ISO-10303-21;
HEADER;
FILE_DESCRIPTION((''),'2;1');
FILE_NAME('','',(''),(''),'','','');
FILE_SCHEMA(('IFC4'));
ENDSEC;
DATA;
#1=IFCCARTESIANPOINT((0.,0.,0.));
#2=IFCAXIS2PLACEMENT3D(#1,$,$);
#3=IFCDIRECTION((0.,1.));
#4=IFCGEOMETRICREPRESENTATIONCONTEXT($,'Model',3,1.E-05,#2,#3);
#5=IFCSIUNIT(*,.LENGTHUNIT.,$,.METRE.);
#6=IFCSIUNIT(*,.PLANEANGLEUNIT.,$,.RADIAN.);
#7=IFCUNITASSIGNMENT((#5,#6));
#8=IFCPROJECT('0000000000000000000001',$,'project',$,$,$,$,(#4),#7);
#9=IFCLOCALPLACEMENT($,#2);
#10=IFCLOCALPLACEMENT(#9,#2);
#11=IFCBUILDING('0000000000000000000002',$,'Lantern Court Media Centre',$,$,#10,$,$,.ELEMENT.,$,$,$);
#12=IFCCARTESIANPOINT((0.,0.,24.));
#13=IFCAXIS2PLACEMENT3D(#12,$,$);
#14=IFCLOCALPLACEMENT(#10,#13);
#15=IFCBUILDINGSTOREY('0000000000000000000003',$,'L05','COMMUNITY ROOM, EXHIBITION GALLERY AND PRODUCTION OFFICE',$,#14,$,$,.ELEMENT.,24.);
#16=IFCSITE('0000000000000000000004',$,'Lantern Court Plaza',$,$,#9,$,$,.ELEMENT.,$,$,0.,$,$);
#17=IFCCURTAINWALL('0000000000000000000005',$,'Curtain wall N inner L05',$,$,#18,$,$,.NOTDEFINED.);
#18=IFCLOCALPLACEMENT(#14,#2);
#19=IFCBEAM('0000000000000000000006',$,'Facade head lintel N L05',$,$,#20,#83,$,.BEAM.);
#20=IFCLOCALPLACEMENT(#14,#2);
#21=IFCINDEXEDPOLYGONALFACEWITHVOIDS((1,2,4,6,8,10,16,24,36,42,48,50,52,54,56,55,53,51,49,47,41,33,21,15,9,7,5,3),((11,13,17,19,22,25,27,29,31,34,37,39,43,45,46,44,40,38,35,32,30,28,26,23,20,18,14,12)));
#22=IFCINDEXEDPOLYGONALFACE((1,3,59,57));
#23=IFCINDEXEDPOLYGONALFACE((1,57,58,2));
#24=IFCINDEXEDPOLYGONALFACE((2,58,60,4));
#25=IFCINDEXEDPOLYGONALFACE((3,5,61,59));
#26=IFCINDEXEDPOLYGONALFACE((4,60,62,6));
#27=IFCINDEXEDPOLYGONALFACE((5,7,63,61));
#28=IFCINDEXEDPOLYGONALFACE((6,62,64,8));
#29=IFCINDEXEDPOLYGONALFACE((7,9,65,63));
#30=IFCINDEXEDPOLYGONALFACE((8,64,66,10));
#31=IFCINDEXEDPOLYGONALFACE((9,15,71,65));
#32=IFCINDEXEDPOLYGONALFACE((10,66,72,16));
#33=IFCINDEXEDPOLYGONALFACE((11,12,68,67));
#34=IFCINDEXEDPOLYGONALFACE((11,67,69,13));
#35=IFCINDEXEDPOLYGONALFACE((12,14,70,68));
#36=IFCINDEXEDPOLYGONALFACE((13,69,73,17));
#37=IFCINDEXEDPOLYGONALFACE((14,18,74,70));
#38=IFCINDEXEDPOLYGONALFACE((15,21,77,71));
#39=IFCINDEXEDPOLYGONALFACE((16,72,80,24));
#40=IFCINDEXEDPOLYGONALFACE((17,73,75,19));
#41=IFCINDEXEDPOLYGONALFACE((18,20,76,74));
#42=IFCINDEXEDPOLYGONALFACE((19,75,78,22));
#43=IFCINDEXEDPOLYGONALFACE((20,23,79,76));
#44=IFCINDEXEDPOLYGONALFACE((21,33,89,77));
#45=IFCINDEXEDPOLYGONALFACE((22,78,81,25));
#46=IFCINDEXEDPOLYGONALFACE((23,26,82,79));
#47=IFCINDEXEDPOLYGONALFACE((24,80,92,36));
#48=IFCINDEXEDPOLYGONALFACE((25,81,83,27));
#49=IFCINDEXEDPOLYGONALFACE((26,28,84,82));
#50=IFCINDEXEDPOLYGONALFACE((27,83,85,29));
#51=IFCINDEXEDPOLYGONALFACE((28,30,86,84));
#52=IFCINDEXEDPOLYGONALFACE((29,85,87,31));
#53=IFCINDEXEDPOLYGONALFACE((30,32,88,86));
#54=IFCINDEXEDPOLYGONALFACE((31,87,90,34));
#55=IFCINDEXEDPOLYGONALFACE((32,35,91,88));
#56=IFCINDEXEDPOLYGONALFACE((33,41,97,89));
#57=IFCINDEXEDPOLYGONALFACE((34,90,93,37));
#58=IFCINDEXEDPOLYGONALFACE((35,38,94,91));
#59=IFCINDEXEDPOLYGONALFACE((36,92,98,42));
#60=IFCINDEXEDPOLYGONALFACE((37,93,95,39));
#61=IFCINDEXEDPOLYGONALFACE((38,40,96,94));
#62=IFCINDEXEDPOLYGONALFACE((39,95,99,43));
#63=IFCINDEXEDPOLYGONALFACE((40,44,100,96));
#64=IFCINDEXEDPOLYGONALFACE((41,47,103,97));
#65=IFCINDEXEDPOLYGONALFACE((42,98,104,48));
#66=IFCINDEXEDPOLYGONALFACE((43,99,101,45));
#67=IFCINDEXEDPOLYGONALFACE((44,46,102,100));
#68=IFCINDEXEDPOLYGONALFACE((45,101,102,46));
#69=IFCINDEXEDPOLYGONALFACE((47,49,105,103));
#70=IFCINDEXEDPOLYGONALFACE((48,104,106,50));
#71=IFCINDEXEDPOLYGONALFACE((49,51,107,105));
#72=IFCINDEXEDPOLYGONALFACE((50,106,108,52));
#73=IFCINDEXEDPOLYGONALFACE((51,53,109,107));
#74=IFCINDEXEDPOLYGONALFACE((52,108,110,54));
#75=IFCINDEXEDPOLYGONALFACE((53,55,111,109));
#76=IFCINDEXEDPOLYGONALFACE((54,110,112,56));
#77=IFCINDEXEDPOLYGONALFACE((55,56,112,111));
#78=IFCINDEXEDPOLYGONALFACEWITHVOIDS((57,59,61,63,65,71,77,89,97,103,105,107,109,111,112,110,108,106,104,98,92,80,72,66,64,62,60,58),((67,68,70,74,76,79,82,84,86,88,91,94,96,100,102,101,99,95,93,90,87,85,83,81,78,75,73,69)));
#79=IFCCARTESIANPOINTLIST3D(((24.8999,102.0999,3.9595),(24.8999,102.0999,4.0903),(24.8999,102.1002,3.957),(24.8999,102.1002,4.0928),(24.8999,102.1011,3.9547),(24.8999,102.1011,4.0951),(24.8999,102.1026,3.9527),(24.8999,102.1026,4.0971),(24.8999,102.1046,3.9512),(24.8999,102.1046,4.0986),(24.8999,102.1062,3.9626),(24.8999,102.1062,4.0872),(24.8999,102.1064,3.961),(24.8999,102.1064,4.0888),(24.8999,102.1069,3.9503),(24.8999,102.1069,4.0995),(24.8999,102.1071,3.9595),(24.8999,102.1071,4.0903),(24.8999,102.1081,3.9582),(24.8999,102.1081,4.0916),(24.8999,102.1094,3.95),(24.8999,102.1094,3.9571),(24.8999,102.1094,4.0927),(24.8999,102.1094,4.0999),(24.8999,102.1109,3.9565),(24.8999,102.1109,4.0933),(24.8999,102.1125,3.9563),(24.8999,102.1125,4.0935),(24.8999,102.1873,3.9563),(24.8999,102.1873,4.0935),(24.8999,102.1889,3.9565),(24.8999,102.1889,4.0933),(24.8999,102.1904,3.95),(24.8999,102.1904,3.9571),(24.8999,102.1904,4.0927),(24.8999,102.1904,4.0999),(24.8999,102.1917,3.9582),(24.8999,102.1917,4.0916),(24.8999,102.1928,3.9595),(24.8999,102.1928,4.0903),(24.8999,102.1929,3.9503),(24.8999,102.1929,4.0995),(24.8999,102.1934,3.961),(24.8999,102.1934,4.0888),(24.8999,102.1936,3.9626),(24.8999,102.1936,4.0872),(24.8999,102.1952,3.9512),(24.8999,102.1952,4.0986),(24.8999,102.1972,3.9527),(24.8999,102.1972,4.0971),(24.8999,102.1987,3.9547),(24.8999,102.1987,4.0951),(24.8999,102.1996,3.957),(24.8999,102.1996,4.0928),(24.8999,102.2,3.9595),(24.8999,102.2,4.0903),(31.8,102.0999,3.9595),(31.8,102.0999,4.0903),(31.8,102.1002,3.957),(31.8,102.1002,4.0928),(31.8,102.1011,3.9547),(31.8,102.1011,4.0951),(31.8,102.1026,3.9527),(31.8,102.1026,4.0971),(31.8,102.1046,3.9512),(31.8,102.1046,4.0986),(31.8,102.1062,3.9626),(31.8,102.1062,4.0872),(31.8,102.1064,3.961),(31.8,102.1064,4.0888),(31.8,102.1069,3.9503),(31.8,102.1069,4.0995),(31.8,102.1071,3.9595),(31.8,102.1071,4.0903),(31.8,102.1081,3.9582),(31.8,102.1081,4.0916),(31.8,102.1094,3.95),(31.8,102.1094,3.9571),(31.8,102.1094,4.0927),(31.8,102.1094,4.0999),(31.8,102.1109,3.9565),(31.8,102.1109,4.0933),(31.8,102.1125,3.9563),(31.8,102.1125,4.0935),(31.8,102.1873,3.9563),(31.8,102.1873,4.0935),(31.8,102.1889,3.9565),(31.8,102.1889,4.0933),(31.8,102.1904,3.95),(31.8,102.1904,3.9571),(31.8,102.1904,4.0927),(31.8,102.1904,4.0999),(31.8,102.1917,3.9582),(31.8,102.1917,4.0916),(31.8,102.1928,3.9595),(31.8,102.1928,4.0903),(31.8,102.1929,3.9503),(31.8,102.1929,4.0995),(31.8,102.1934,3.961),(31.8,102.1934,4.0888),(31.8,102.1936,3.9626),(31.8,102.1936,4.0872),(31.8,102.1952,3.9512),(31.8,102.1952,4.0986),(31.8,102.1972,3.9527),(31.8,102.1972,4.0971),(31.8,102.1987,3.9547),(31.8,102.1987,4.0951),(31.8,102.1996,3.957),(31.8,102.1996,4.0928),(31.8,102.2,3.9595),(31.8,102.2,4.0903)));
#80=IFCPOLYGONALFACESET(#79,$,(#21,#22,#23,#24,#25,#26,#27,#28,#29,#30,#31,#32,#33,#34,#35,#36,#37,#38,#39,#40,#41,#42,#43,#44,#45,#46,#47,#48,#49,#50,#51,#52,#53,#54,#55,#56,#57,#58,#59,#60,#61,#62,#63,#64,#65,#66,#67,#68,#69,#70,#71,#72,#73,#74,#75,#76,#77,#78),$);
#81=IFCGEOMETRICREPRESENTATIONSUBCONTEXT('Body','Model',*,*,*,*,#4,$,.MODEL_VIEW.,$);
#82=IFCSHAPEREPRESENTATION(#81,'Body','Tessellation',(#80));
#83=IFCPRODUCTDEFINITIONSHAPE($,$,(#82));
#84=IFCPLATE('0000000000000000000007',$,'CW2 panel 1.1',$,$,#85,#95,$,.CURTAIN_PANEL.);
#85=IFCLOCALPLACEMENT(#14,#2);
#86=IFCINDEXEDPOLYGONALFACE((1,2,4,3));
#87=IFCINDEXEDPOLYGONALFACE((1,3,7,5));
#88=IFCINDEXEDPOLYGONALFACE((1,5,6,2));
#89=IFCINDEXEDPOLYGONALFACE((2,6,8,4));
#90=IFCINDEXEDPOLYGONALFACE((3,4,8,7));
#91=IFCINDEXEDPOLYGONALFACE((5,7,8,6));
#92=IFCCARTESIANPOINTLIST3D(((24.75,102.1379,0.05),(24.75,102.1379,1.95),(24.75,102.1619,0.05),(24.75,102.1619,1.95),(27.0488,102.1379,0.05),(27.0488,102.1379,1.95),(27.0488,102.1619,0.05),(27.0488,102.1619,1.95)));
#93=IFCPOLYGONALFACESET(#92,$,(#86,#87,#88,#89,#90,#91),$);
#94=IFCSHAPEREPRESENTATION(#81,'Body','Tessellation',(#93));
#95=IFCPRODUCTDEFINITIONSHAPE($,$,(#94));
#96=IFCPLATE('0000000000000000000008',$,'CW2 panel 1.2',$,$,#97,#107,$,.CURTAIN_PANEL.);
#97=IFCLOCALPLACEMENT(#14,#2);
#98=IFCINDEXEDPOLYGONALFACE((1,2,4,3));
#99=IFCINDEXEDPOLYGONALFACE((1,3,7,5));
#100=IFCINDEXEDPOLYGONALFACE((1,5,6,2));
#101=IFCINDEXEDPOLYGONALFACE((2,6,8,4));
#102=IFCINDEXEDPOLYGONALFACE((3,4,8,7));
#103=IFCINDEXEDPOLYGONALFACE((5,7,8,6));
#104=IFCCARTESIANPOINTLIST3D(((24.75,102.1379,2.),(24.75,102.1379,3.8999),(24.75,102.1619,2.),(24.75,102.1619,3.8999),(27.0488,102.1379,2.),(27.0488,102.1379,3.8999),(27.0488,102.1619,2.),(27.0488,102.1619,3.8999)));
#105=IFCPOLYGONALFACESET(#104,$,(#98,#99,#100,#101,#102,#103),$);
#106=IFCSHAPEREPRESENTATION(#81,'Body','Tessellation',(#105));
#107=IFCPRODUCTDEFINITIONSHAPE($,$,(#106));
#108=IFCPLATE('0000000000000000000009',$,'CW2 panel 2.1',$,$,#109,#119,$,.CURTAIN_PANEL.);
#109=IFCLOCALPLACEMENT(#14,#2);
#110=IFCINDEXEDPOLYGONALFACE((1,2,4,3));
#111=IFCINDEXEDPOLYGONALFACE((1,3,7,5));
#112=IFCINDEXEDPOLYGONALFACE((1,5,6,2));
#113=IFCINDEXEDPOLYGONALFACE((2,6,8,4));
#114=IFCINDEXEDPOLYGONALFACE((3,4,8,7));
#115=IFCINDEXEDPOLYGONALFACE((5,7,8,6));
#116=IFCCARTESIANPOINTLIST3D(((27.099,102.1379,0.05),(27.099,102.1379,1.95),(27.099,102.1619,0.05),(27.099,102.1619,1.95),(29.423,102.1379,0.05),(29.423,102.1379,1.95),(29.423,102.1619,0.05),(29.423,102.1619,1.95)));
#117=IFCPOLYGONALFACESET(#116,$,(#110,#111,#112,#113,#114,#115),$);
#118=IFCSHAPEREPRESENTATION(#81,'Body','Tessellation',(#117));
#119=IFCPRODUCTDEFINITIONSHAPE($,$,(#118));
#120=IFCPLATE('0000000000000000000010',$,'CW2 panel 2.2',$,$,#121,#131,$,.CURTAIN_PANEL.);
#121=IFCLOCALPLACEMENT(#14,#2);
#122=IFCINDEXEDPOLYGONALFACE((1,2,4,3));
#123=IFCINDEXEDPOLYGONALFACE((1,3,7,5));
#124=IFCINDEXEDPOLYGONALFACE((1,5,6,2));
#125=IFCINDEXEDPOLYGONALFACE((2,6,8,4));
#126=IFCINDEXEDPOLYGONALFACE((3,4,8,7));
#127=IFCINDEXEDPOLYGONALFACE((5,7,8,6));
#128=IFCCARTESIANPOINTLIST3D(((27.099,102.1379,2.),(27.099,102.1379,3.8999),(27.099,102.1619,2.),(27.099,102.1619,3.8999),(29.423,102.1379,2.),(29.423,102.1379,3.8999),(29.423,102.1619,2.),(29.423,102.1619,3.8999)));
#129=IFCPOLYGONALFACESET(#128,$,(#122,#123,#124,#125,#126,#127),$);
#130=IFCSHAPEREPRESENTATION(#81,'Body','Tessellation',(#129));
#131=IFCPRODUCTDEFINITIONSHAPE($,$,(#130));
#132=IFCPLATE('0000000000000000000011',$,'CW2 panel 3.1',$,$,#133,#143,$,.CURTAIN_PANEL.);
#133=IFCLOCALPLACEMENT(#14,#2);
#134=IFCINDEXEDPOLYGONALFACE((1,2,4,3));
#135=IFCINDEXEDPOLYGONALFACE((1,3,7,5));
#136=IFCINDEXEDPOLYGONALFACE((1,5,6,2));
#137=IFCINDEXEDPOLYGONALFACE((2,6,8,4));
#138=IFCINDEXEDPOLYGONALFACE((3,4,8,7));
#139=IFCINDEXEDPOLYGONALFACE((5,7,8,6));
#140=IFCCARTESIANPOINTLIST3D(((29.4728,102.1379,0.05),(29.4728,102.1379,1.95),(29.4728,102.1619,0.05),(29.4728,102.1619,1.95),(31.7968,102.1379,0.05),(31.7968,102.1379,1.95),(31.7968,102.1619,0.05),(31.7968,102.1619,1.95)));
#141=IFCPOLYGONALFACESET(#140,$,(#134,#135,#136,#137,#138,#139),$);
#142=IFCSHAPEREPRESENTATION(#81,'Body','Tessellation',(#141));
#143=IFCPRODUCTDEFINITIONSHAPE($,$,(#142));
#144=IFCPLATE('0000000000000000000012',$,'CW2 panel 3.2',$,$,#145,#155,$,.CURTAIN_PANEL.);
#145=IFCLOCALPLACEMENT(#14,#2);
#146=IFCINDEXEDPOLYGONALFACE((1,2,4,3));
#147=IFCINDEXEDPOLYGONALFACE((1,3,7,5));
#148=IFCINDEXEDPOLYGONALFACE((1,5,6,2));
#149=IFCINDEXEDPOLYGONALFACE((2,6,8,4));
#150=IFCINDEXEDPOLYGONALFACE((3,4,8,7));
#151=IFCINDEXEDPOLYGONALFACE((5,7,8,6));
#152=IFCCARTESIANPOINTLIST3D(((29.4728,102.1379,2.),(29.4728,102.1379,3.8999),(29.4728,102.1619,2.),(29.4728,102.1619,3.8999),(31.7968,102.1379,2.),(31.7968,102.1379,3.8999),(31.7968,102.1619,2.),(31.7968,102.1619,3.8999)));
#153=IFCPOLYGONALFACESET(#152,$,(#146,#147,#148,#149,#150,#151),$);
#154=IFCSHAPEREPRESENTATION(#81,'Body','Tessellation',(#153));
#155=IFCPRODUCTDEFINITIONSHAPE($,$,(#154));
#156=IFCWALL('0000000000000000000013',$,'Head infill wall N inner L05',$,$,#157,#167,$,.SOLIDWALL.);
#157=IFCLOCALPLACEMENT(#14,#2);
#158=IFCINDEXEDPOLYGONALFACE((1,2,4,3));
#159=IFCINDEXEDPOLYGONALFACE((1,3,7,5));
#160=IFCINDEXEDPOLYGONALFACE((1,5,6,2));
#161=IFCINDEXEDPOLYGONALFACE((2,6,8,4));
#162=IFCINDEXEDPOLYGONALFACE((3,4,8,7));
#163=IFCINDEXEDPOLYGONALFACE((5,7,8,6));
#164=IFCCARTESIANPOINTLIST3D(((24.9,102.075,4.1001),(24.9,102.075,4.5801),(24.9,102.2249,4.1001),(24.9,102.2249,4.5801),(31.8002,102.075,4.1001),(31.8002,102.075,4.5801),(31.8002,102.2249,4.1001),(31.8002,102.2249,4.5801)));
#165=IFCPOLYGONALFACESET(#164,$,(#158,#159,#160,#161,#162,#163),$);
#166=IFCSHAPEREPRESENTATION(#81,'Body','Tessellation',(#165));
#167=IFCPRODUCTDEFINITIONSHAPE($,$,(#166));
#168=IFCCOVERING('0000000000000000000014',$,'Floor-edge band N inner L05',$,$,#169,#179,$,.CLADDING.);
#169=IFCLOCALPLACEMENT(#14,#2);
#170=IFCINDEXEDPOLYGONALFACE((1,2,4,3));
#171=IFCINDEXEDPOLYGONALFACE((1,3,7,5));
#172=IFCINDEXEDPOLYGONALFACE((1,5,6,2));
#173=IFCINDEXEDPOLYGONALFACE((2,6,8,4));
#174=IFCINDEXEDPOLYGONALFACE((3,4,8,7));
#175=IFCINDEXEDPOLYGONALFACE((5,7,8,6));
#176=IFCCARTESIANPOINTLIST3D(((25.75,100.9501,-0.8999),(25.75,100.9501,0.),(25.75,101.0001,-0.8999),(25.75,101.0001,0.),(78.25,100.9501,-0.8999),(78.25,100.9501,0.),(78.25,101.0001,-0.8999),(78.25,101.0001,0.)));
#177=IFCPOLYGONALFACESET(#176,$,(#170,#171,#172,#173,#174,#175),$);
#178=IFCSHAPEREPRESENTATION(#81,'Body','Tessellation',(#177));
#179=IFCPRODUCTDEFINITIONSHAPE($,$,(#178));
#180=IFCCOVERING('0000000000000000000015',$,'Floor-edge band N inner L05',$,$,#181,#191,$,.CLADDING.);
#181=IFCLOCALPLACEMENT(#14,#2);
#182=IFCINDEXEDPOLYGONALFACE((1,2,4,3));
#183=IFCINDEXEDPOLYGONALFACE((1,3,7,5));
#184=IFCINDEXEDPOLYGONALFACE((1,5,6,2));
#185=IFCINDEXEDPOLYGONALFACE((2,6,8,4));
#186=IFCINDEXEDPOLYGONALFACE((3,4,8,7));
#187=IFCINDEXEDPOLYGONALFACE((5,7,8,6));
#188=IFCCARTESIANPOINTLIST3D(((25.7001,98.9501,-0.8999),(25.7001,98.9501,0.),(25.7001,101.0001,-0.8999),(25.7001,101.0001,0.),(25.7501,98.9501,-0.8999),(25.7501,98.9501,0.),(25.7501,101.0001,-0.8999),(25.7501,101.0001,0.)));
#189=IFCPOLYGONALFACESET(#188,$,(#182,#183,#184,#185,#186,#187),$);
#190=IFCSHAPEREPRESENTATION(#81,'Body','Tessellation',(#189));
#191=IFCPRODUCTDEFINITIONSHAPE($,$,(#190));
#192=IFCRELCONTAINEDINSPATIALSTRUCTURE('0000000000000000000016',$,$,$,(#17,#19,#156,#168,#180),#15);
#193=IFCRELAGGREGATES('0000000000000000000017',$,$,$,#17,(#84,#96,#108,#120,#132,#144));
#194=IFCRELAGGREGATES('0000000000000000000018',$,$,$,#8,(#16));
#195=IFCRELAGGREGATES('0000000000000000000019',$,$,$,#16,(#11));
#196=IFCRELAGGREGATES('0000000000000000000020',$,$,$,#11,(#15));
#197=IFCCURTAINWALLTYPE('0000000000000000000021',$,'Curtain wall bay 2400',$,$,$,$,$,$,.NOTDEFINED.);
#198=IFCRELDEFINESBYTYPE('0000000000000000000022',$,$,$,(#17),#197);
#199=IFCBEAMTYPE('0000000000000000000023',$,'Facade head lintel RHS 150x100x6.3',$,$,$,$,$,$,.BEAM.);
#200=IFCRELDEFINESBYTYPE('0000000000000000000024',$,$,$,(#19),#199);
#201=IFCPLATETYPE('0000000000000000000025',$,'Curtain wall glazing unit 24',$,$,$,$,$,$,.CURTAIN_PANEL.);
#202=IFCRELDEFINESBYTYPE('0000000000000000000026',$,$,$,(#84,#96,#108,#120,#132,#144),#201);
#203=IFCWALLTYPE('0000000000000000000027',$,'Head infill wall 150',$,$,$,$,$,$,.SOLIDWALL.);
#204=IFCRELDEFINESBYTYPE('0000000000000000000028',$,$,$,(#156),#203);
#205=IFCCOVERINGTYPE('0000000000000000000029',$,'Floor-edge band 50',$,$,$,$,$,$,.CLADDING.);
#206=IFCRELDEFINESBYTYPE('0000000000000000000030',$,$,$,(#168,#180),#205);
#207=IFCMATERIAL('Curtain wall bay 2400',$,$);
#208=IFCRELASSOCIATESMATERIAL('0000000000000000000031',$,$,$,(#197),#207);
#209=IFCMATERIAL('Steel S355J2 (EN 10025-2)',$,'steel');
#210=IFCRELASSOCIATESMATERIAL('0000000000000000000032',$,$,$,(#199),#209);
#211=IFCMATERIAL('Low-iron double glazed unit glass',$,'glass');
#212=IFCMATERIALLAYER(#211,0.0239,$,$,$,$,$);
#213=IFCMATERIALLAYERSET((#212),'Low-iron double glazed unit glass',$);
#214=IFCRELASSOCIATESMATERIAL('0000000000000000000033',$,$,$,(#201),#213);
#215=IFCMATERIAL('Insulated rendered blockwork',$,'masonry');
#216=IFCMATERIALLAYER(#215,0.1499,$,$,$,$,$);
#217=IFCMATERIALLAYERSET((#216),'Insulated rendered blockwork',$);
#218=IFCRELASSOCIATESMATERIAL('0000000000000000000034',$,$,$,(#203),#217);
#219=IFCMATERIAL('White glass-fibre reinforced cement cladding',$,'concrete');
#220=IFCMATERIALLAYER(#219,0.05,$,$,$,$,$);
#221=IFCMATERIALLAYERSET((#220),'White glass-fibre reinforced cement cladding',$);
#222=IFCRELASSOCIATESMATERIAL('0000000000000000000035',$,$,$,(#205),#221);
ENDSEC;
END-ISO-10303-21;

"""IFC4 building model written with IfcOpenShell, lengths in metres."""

from ifc_helpers import new_model, si_unit, direction, frame, frame_2d, origin, origin_2d, place, context, subcontext, project, spatial, rectangle, hollow_rectangle, extrude, material, layer, layer_set, material_profile, profile_set, type_object, element, aggregate, save


model = new_model("IFC4")

# Units and contexts
model_context = context("Model", 3, precision=1e-05, world=origin(), true_north=direction((0.0, 1.0)))
body_context = subcontext(model_context, "Body", "Model", "MODEL_VIEW")
ifc_project = project(units=[si_unit("LENGTHUNIT", "METRE"), si_unit("PLANEANGLEUNIT", "RADIAN")], contexts=[model_context])

# Site, building, storey
site_placement = place(None, origin())
site = spatial("IfcSite", under=ifc_project, at=site_placement, Name="Lantern Court Plaza", CompositionType="ELEMENT", RefElevation=0.0)
building_placement = place(site_placement, origin())
building = spatial("IfcBuilding", under=site, at=building_placement, Name="Lantern Court Media Centre", CompositionType="ELEMENT")
storey_placement = place(building_placement, frame((0.0, 0.0, 24.0)))
storey = spatial("IfcBuildingStorey", under=building, at=storey_placement, Name="L05", Description="COMMUNITY ROOM, EXHIBITION GALLERY AND PRODUCTION OFFICE", CompositionType="ELEMENT", Elevation=24.0)

# Curtain wall
ifc_material_1 = material(Name="Curtain wall bay 2400")
curtain_wall_type = type_object("IfcCurtainWallType", Name="Curtain wall bay 2400", PredefinedType="NOTDEFINED", material=ifc_material_1)
curtain_wall_placement = place(storey_placement, origin())
curtain_wall = element("IfcCurtainWall", 1, at=curtain_wall_placement, inside=storey, type_object=curtain_wall_type, Name="Curtain wall N inner L05", PredefinedType="NOTDEFINED")

# Beam
ifc_material_2 = material(Name="Steel S355J2 (EN 10025-2)", Category="steel")
ifc_material_profile_1 = material_profile(ifc_material_2, hollow_rectangle(XDim=0.1001, YDim=0.1499, WallThickness=0.0063, InnerFilletRadius=0.0063, OuterFilletRadius=0.0095, at=origin_2d()), Name="Facade head lintel RHS 150x100x6.3")
ifc_profile_set_1 = profile_set([ifc_material_profile_1], Name="Steel S355J2 (EN 10025-2)")
beam_type = type_object("IfcBeamType", Name="Facade head lintel RHS 150x100x6.3", PredefinedType="BEAM", material=ifc_profile_set_1)
beam_placement = place(storey_placement, frame((24.8999, 102.1499, 4.0249), z_axis=(1.0, 0.0, 0.0), x_axis=(0.0, 1.0, 0.0)))
element("IfcBeam", 2, at=beam_placement, inside=storey, type_object=beam_type, Name="Facade head lintel N L05", PredefinedType="BEAM", context=body_context, shape_type="SweptSolid", body=[
    extrude(hollow_rectangle(XDim=0.1001, YDim=0.1499, WallThickness=0.0063, InnerFilletRadius=0.0063, OuterFilletRadius=0.0095, at=origin_2d()), origin(), (0.0, 0.0, 1.0), 6.9001),
])

# Plates
ifc_material_3 = material(Name="Low-iron double glazed unit glass", Category="glass")
ifc_layer_1 = layer(ifc_material_3, 0.0239)
ifc_layer_set_1 = layer_set([ifc_layer_1], Name="Low-iron double glazed unit glass")
plate_type = type_object("IfcPlateType", Name="Curtain wall glazing unit 24", PredefinedType="CURTAIN_PANEL", material=ifc_layer_set_1)
plate_1_placement = place(storey_placement, frame((25.8994, 102.1499, 0.05), z_axis=(0.0, 0.0, 1.0), x_axis=(1.0, 0.0, 0.0)))
plate_1 = element("IfcPlate", 3, at=plate_1_placement, type_object=plate_type, Name="CW2 panel 1.1", PredefinedType="CURTAIN_PANEL", context=body_context, shape_type="SweptSolid", body=[
    extrude(rectangle(XDim=2.2988, YDim=0.0239, at=origin_2d()), origin(), (0.0, 0.0, 1.0), 1.8999),
])
plate_2_placement = place(storey_placement, frame((25.8994, 102.1499, 2.0), z_axis=(0.0, 0.0, 1.0), x_axis=(1.0, 0.0, 0.0)))
plate_2 = element("IfcPlate", 4, at=plate_2_placement, type_object=plate_type, Name="CW2 panel 1.2", PredefinedType="CURTAIN_PANEL", context=body_context, shape_type="SweptSolid", body=[
    extrude(rectangle(XDim=2.2988, YDim=0.0239, at=origin_2d()), origin(), (0.0, 0.0, 1.0), 1.8999),
])
plate_3_placement = place(storey_placement, frame((28.261, 102.1499, 0.05), z_axis=(0.0, 0.0, 1.0), x_axis=(1.0, 0.0, 0.0)))
plate_3 = element("IfcPlate", 5, at=plate_3_placement, type_object=plate_type, Name="CW2 panel 2.1", PredefinedType="CURTAIN_PANEL", context=body_context, shape_type="SweptSolid", body=[
    extrude(rectangle(XDim=2.324, YDim=0.0239, at=origin_2d()), origin(), (0.0, 0.0, 1.0), 1.8999),
])
plate_4_placement = place(storey_placement, frame((28.261, 102.1499, 2.0), z_axis=(0.0, 0.0, 1.0), x_axis=(1.0, 0.0, 0.0)))
plate_4 = element("IfcPlate", 6, at=plate_4_placement, type_object=plate_type, Name="CW2 panel 2.2", PredefinedType="CURTAIN_PANEL", context=body_context, shape_type="SweptSolid", body=[
    extrude(rectangle(XDim=2.324, YDim=0.0239, at=origin_2d()), origin(), (0.0, 0.0, 1.0), 1.8999),
])
plate_5_placement = place(storey_placement, frame((30.6348, 102.1499, 0.05), z_axis=(0.0, 0.0, 1.0), x_axis=(1.0, 0.0, 0.0)))
plate_5 = element("IfcPlate", 7, at=plate_5_placement, type_object=plate_type, Name="CW2 panel 3.1", PredefinedType="CURTAIN_PANEL", context=body_context, shape_type="SweptSolid", body=[
    extrude(rectangle(XDim=2.324, YDim=0.0239, at=origin_2d()), origin(), (0.0, 0.0, 1.0), 1.8999),
])
plate_6_placement = place(storey_placement, frame((30.6348, 102.1499, 2.0), z_axis=(0.0, 0.0, 1.0), x_axis=(1.0, 0.0, 0.0)))
plate_6 = element("IfcPlate", 8, at=plate_6_placement, type_object=plate_type, Name="CW2 panel 3.2", PredefinedType="CURTAIN_PANEL", context=body_context, shape_type="SweptSolid", body=[
    extrude(rectangle(XDim=2.324, YDim=0.0239, at=origin_2d()), origin(), (0.0, 0.0, 1.0), 1.8999),
])
aggregate(curtain_wall, [plate_1, plate_2, plate_3, plate_4, plate_5, plate_6])

# Wall
ifc_material_4 = material(Name="Insulated rendered blockwork", Category="masonry")
ifc_layer_2 = layer(ifc_material_4, 0.1499)
ifc_layer_set_2 = layer_set([ifc_layer_2], Name="Insulated rendered blockwork")
wall_type = type_object("IfcWallType", Name="Head infill wall 150", PredefinedType="SOLIDWALL", material=ifc_layer_set_2)
wall_placement = place(storey_placement, frame((24.8999, 102.1499, 4.1001), z_axis=(0.0, 0.0, 1.0), x_axis=(1.0, 0.0, 0.0)))
element("IfcWall", 9, at=wall_placement, inside=storey, type_object=wall_type, Name="Head infill wall N inner L05", PredefinedType="SOLIDWALL", context=body_context, shape_type="SweptSolid", body=[
    extrude(rectangle(XDim=6.9001, YDim=0.1499, at=frame_2d((3.4502, 0.0))), origin(), (0.0, 0.0, 1.0), 0.48),
])

# Coverings
ifc_material_5 = material(Name="White glass-fibre reinforced cement cladding", Category="concrete")
ifc_layer_3 = layer(ifc_material_5, 0.05)
ifc_layer_set_3 = layer_set([ifc_layer_3], Name="White glass-fibre reinforced cement cladding")
covering_type = type_object("IfcCoveringType", Name="Floor-edge band 50", PredefinedType="CLADDING", material=ifc_layer_set_3)
covering_1_placement = place(storey_placement, frame((25.75, 100.9751, -0.8999), z_axis=(0.0, 0.0, 1.0), x_axis=(1.0, 0.0, 0.0)))
element("IfcCovering", 10, at=covering_1_placement, inside=storey, type_object=covering_type, Name="Floor-edge band N inner L05", PredefinedType="CLADDING", context=body_context, shape_type="SweptSolid", body=[
    extrude(rectangle(XDim=52.5, YDim=0.05, at=frame_2d((26.25, 0.0))), origin(), (0.0, 0.0, 1.0), 0.8999),
])
covering_2_placement = place(storey_placement, frame((25.7251, 101.0, -0.8999), z_axis=(0.0, 0.0, 1.0), x_axis=(0.0, -1.0, 0.0)))
element("IfcCovering", 11, at=covering_2_placement, inside=storey, type_object=covering_type, Name="Floor-edge band N inner L05", PredefinedType="CLADDING", context=body_context, shape_type="SweptSolid", body=[
    extrude(rectangle(XDim=2.05, YDim=0.05, at=frame_2d((1.0249, 0.0))), origin(), (0.0, 0.0, 1.0), 0.8999),
])

save(model, "model.ifc")
